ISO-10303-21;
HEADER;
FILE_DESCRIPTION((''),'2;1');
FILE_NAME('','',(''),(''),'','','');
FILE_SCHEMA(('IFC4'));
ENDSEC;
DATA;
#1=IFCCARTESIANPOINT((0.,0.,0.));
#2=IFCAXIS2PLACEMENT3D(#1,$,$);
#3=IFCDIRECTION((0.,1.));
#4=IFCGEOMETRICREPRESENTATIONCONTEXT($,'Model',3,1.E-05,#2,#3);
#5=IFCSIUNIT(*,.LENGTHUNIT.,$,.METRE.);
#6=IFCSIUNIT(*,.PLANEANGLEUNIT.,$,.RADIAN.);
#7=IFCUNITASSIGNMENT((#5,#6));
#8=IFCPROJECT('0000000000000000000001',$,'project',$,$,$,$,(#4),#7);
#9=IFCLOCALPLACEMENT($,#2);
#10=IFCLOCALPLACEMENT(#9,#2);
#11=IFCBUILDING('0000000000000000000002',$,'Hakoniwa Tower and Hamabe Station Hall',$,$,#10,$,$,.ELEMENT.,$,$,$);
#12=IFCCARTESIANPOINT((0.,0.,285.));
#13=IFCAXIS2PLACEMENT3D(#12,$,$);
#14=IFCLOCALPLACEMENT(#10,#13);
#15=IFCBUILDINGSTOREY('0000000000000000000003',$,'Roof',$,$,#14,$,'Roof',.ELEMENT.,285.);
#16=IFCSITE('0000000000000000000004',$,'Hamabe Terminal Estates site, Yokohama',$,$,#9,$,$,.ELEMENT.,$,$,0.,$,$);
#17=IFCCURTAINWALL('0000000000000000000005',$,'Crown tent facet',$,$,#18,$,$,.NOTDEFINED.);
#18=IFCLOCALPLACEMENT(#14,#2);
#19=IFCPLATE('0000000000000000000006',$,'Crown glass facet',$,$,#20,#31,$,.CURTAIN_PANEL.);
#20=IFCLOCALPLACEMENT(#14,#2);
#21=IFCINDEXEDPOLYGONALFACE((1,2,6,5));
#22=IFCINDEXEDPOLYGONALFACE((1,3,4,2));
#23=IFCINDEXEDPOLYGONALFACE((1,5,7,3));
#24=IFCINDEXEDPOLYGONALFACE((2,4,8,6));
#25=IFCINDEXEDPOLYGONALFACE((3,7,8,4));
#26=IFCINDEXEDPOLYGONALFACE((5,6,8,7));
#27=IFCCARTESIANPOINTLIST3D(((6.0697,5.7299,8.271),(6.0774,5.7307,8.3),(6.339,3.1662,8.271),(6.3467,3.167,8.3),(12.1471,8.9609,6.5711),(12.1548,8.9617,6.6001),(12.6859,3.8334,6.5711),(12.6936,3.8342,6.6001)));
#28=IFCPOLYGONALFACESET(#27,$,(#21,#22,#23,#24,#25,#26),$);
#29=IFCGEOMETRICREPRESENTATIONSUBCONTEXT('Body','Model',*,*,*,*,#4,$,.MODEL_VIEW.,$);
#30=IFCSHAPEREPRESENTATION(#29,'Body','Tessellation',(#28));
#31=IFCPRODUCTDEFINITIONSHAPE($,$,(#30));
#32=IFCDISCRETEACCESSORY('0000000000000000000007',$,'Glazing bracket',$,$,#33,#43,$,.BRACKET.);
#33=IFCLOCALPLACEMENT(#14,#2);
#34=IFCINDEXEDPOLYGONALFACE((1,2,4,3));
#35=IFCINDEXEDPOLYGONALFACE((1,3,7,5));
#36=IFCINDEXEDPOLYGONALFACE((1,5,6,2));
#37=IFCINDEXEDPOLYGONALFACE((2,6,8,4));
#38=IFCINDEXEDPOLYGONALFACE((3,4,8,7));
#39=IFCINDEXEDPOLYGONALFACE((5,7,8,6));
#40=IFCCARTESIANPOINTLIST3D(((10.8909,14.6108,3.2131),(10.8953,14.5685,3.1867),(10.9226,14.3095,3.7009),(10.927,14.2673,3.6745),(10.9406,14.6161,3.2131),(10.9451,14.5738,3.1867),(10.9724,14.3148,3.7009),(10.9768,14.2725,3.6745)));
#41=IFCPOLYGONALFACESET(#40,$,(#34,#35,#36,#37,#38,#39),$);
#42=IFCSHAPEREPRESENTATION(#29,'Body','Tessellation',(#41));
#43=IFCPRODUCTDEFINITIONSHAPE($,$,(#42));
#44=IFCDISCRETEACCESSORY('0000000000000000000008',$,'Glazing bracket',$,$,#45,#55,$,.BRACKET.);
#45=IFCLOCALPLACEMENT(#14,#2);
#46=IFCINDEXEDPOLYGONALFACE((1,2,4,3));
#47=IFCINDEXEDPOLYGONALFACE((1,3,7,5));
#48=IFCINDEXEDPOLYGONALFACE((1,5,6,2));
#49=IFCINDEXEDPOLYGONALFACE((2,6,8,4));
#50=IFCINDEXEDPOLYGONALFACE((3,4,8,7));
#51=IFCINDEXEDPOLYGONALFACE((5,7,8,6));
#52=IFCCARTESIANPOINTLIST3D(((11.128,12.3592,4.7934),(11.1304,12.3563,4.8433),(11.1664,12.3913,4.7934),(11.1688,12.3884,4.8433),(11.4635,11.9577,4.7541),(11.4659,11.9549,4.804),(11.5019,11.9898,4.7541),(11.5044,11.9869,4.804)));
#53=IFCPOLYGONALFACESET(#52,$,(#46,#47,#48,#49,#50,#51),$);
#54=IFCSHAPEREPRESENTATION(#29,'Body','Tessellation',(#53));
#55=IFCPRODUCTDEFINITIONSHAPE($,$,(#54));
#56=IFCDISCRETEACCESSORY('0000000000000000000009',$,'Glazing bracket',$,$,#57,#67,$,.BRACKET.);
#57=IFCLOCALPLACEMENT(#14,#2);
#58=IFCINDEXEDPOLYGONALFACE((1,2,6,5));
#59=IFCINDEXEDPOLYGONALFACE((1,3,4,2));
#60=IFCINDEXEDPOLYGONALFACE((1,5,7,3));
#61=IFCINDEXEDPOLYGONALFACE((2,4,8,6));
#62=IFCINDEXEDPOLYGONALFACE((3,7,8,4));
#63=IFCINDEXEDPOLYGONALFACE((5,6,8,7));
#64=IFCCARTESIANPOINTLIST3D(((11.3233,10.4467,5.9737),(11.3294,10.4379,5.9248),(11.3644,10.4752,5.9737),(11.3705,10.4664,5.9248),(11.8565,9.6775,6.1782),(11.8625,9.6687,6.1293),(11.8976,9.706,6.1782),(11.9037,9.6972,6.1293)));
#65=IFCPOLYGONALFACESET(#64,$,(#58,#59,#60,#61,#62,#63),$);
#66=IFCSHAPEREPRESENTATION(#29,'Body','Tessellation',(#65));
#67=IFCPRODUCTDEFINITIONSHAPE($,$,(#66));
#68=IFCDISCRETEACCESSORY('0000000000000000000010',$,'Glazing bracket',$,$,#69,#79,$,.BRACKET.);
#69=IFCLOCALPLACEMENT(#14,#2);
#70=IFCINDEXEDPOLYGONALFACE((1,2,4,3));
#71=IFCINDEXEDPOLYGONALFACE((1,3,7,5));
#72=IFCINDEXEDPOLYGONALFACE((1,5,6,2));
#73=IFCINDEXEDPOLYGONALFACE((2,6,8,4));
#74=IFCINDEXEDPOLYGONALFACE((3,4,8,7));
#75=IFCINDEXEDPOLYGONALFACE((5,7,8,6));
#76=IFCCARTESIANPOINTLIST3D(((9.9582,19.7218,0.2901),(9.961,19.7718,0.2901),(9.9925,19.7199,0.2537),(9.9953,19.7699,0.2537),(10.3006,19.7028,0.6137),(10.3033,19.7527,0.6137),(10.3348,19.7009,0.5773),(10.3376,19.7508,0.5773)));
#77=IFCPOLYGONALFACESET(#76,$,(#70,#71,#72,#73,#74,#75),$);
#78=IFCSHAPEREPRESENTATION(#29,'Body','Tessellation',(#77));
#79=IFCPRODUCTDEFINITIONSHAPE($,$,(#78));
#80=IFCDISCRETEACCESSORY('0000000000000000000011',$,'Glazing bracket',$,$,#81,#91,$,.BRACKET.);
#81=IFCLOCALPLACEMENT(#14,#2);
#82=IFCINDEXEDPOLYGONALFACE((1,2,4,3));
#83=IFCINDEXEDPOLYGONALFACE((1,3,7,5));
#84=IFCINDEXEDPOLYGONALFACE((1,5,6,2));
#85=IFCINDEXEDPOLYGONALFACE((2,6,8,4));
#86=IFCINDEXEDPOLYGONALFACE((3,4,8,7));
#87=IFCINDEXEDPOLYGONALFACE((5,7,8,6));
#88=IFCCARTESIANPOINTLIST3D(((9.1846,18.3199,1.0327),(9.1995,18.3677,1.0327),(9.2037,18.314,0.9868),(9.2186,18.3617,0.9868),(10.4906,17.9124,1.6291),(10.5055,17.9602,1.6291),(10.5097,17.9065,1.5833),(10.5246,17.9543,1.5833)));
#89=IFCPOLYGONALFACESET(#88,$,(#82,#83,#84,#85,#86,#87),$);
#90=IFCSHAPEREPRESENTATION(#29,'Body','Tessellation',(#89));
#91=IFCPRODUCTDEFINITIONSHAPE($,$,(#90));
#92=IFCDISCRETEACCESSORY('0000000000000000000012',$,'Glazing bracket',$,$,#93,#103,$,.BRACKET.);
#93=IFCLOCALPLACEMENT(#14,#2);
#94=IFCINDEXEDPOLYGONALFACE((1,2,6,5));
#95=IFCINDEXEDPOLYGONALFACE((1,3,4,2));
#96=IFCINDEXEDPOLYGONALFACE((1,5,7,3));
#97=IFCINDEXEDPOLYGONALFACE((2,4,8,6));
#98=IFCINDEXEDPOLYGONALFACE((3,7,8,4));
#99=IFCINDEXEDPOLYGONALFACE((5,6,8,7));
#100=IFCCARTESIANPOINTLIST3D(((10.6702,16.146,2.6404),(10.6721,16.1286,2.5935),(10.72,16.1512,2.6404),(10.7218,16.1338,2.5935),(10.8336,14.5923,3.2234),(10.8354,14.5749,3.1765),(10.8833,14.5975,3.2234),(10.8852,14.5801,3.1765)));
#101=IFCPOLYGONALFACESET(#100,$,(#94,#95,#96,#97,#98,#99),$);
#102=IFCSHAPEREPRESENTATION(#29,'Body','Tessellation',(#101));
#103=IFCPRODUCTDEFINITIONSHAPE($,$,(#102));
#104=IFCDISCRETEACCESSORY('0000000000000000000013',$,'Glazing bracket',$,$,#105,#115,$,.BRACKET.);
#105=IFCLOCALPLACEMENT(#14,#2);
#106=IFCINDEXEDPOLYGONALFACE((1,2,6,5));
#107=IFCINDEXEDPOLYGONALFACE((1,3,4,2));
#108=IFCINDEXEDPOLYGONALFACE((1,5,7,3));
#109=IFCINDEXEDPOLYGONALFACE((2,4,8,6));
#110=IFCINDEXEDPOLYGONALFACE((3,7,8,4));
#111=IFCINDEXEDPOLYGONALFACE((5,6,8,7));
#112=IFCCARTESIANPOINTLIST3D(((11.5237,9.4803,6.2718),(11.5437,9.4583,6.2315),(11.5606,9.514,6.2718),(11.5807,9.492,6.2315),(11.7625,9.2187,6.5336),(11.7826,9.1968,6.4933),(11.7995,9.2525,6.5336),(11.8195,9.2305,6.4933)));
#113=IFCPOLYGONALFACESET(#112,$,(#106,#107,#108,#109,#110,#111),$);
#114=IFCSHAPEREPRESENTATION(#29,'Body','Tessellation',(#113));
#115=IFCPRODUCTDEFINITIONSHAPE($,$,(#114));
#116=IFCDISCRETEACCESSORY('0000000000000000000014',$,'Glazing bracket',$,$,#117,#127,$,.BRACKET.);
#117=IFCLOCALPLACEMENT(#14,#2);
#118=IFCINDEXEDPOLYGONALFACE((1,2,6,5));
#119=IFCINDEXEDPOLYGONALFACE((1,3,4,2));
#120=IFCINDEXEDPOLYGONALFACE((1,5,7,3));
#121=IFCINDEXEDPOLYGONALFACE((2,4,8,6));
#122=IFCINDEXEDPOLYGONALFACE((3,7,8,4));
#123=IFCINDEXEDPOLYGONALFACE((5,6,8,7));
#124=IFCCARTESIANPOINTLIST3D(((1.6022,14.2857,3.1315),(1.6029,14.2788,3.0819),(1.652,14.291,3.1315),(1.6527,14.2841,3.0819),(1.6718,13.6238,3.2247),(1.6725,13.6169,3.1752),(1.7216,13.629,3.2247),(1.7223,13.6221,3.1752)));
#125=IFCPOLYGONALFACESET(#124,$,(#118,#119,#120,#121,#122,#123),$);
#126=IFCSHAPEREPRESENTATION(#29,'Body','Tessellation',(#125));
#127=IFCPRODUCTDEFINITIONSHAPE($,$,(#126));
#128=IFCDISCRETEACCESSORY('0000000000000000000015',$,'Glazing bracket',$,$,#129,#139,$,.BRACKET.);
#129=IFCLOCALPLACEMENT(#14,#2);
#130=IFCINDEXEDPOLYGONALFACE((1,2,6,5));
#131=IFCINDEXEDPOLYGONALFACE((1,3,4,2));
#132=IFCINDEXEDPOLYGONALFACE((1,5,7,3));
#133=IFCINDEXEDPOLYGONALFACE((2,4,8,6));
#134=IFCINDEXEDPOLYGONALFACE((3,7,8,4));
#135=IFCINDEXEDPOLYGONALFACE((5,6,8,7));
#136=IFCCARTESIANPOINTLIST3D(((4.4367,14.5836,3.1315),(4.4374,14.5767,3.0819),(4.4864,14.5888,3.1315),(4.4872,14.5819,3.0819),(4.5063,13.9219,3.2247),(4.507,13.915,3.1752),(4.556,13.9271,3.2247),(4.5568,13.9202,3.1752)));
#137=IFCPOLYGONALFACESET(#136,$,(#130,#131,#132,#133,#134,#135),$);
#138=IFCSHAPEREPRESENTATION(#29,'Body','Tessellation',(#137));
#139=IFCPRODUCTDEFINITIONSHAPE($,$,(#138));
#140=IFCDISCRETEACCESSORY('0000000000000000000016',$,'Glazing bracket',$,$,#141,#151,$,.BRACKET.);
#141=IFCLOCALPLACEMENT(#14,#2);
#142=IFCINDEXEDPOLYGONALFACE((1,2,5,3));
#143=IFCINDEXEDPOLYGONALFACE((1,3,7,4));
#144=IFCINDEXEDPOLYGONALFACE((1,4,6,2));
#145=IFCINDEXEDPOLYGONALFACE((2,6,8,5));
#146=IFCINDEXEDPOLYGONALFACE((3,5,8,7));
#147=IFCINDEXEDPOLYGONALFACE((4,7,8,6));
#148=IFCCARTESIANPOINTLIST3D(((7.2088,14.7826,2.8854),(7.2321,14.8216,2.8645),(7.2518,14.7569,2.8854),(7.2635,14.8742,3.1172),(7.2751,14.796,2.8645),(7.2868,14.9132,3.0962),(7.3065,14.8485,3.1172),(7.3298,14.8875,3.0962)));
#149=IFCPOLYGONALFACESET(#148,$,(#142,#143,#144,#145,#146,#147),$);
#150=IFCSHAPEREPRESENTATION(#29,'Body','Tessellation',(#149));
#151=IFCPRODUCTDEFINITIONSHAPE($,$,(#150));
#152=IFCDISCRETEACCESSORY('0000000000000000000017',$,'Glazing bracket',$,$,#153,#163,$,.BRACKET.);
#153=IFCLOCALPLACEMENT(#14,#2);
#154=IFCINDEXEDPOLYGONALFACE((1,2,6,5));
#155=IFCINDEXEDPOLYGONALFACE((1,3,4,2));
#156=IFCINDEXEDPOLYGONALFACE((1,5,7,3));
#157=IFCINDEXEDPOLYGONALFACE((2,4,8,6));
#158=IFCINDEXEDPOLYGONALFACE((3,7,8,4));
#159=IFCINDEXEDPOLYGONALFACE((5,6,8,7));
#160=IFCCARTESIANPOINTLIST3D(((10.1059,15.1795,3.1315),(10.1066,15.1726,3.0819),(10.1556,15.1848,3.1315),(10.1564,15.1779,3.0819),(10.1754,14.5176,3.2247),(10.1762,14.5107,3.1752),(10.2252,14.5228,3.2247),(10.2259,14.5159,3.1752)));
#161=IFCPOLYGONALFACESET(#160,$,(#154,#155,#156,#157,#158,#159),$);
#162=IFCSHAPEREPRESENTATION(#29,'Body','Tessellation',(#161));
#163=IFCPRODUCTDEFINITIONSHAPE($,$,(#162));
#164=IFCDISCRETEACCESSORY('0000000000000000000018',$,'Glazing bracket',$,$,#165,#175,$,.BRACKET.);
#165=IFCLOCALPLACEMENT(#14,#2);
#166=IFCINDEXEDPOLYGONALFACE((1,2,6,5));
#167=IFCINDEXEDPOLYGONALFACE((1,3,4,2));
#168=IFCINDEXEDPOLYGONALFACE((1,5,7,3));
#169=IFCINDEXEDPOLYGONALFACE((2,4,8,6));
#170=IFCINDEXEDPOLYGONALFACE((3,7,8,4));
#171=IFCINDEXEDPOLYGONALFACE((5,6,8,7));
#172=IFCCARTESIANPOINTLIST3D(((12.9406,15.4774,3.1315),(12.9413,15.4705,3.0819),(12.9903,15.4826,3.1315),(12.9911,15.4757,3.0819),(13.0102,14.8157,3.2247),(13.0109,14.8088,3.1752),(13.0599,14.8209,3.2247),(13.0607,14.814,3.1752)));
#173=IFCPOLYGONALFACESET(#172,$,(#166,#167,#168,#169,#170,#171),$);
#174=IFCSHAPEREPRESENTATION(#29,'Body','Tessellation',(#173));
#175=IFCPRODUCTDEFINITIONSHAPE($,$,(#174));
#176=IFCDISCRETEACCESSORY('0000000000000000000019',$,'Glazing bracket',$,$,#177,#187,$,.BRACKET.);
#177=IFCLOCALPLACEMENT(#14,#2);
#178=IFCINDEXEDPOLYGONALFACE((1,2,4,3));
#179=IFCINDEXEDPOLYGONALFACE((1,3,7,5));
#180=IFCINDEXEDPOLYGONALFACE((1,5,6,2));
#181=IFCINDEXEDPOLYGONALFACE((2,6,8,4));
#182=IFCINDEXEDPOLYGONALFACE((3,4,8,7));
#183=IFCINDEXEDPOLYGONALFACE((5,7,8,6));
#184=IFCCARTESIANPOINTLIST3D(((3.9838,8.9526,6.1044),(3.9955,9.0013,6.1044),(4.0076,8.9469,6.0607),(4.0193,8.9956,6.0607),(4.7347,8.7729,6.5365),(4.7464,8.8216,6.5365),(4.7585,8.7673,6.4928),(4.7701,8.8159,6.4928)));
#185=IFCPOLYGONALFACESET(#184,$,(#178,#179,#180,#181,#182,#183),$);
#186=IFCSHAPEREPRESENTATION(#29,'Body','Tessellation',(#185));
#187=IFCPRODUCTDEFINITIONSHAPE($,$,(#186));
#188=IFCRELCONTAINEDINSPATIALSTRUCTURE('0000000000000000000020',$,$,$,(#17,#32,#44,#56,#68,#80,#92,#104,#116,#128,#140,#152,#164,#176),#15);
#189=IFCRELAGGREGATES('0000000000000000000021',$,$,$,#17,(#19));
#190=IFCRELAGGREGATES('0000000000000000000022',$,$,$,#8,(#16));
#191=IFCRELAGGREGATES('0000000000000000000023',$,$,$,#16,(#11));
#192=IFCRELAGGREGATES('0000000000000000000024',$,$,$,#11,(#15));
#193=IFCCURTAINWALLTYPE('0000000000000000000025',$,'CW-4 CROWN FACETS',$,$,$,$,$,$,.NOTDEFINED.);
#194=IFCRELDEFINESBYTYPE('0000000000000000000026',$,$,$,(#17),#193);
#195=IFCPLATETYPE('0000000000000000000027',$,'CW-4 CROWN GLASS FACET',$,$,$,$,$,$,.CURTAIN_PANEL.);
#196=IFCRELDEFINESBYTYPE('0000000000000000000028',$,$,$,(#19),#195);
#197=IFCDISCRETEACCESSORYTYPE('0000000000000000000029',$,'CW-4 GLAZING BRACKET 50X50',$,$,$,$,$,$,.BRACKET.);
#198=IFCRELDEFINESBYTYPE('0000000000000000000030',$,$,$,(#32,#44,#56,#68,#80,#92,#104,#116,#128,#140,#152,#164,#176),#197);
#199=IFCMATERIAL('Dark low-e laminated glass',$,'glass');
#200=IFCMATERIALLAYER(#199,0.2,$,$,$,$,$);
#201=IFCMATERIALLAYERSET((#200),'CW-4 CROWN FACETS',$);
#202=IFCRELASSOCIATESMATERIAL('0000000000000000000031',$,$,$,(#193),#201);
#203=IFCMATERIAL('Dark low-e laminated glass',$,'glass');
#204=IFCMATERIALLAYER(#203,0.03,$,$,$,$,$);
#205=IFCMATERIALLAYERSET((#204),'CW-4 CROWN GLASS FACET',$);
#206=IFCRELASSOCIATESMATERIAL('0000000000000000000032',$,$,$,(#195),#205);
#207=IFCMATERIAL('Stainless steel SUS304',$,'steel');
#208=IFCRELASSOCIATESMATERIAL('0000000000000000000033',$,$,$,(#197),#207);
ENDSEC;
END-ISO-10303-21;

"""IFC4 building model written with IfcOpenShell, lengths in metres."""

from ifc_helpers import new_model, si_unit, direction, frame, origin, origin_2d, place, context, subcontext, project, spatial, polyline, rectangle, outline, extrude, material, layer, layer_set, material_profile, profile_set, type_object, element, aggregate, save


model = new_model("IFC4")

# Units and contexts
model_context = context("Model", 3, precision=1e-05, world=origin(), true_north=direction((0.0, 1.0)))
body_context = subcontext(model_context, "Body", "Model", "MODEL_VIEW")
ifc_project = project(units=[si_unit("LENGTHUNIT", "METRE"), si_unit("PLANEANGLEUNIT", "RADIAN")], contexts=[model_context])

# Site, building, storey
site_placement = place(None, origin())
site = spatial("IfcSite", under=ifc_project, at=site_placement, Name="Hamabe Terminal Estates site, Yokohama", CompositionType="ELEMENT", RefElevation=0.0)
building_placement = place(site_placement, origin())
building = spatial("IfcBuilding", under=site, at=building_placement, Name="Hakoniwa Tower and Hamabe Station Hall", CompositionType="ELEMENT")
storey_placement = place(building_placement, frame((0.0, 0.0, 285.0)))
storey = spatial("IfcBuildingStorey", under=building, at=storey_placement, Name="Roof", LongName="Roof", CompositionType="ELEMENT", Elevation=285.0)

# Shared definitions
ifc_material_1 = material(Name="Dark low-e laminated glass", Category="glass")
ifc_layer_1 = layer(ifc_material_1, 0.2)
ifc_layer_set_1 = layer_set([ifc_layer_1], Name="CW-4 CROWN FACETS")
curtain_wall_type = type_object("IfcCurtainWallType", Name="CW-4 CROWN FACETS", PredefinedType="NOTDEFINED", material=ifc_layer_set_1)

# Shared definitions
ifc_material_2 = material(Name="Dark low-e laminated glass", Category="glass")
ifc_layer_2 = layer(ifc_material_2, 0.03)
ifc_layer_set_2 = layer_set([ifc_layer_2], Name="CW-4 CROWN GLASS FACET")
plate_type = type_object("IfcPlateType", Name="CW-4 CROWN GLASS FACET", PredefinedType="CURTAIN_PANEL", material=ifc_layer_set_2)

# Curtain wall, plate
curtain_wall_1_placement = place(storey_placement, origin())
curtain_wall_1 = element("IfcCurtainWall", 1, at=curtain_wall_1_placement, inside=storey, type_object=curtain_wall_type, Name="Crown tent facet", PredefinedType="NOTDEFINED")
plate_1_placement = place(storey_placement, frame((12.1548, 8.9617, 6.6001), z_axis=(0.25599, 0.026897, 0.966305), x_axis=(0.104509, -0.994524, -0.000004)))
plate_1 = element("IfcPlate", 2, at=plate_1_placement, type_object=plate_type, Name="Crown glass facet", PredefinedType="CURTAIN_PANEL", context=body_context, shape_type="SweptSolid", body=[
    extrude(outline(polyline([(0.0, 0.0), (5.1557, 0.0), (5.1559, -6.6044), (2.5781, -6.6043), (0.0, 0.0)])), origin(), (0.0, 0.0, -1.0), 0.03),
])
aggregate(curtain_wall_1, [plate_1])

# Discrete accessories
ifc_material_3 = material(Name="Stainless steel SUS304", Category="steel")
ifc_material_profile_1 = material_profile(ifc_material_3, rectangle(XDim=0.05, YDim=0.05, at=origin_2d()), Name="CW-4 GLAZING BRACKET 50X50")
ifc_profile_set_1 = profile_set([ifc_material_profile_1], Name="Stainless steel SUS304")
discrete_accessory_type = type_object("IfcDiscreteAccessoryType", Name="CW-4 GLAZING BRACKET 50X50", PredefinedType="BRACKET", material=ifc_profile_set_1)
discrete_accessory_1_placement = place(storey_placement, frame((10.9497, 14.291, 3.6877), z_axis=(-0.055273, 0.524671, -0.849509), x_axis=(-0.994497, -0.104769, 0.0)))
element("IfcDiscreteAccessory", 3, at=discrete_accessory_1_placement, inside=storey, type_object=discrete_accessory_type, Name="Glazing bracket", PredefinedType="BRACKET", context=body_context, shape_type="SweptSolid", body=[
    extrude(rectangle(XDim=0.05, YDim=0.05, at=origin_2d()), origin(), (0.0, 0.0, 1.0), 0.5742),
])
discrete_accessory_2_placement = place(storey_placement, frame((11.1484, 12.3738, 4.8184), z_axis=(0.639483, -0.765145, -0.074932), x_axis=(0.767302, 0.641286, 0.0)))
element("IfcDiscreteAccessory", 4, at=discrete_accessory_2_placement, inside=storey, type_object=discrete_accessory_type, Name="Glazing bracket", PredefinedType="BRACKET", context=body_context, shape_type="SweptSolid", body=[
    extrude(rectangle(XDim=0.05, YDim=0.05, at=origin_2d()), origin(), (0.0, 0.0, 1.0), 0.5247),
])
discrete_accessory_3_placement = place(storey_placement, frame((11.3469, 10.4565, 5.9492), z_axis=(0.556518, -0.802926, 0.213536), x_axis=(0.821882, 0.569657, 0.0)))
element("IfcDiscreteAccessory", 5, at=discrete_accessory_3_placement, inside=storey, type_object=discrete_accessory_type, Name="Glazing bracket", PredefinedType="BRACKET", context=body_context, shape_type="SweptSolid", body=[
    extrude(rectangle(XDim=0.05, YDim=0.05, at=origin_2d()), origin(), (0.0, 0.0, 1.0), 0.958),
])
discrete_accessory_4_placement = place(storey_placement, frame((10.3191, 19.7268, 0.5955), z_axis=(-0.72619, 0.040401, -0.686306), x_axis=(-0.055549, -0.998456, 0.0)))
element("IfcDiscreteAccessory", 6, at=discrete_accessory_4_placement, inside=storey, type_object=discrete_accessory_type, Name="Glazing bracket", PredefinedType="BRACKET", context=body_context, shape_type="SweptSolid", body=[
    extrude(rectangle(XDim=0.05, YDim=0.05, at=origin_2d()), origin(), (0.0, 0.0, 1.0), 0.4714),
])
discrete_accessory_5_placement = place(storey_placement, frame((10.5076, 17.9333, 1.6062), z_axis=(-0.875057, 0.273036, -0.399657), x_axis=(-0.297858, -0.95461, 0.0)))
element("IfcDiscreteAccessory", 7, at=discrete_accessory_5_placement, inside=storey, type_object=discrete_accessory_type, Name="Glazing bracket", PredefinedType="BRACKET", context=body_context, shape_type="SweptSolid", body=[
    extrude(rectangle(XDim=0.05, YDim=0.05, at=origin_2d()), origin(), (0.0, 0.0, 1.0), 1.4924),
])
discrete_accessory_6_placement = place(storey_placement, frame((10.696, 16.1399, 2.6169), z_axis=(0.097948, -0.931755, 0.349628), x_axis=(0.99452, 0.104546, 0.0)))
element("IfcDiscreteAccessory", 8, at=discrete_accessory_6_placement, inside=storey, type_object=discrete_accessory_type, Name="Glazing bracket", PredefinedType="BRACKET", context=body_context, shape_type="SweptSolid", body=[
    extrude(rectangle(XDim=0.05, YDim=0.05, at=origin_2d()), origin(), (0.0, 0.0, 1.0), 1.6675),
])
discrete_accessory_7_placement = place(storey_placement, frame((11.791, 9.2246, 6.5134), z_axis=(-0.542271, 0.593836, -0.594391), x_axis=(-0.738441, -0.674318, 0.0)))
element("IfcDiscreteAccessory", 9, at=discrete_accessory_7_placement, inside=storey, type_object=discrete_accessory_type, Name="Glazing bracket", PredefinedType="BRACKET", context=body_context, shape_type="SweptSolid", body=[
    extrude(rectangle(XDim=0.05, YDim=0.05, at=origin_2d()), origin(), (0.0, 0.0, 1.0), 0.4404),
])
discrete_accessory_8_placement = place(storey_placement, frame((1.6274, 14.2849, 3.1067), z_axis=(0.103539, -0.984896, 0.138779), x_axis=(0.99452, 0.104551, 0.0)))
element("IfcDiscreteAccessory", 10, at=discrete_accessory_8_placement, inside=storey, type_object=discrete_accessory_type, Name="Glazing bracket", PredefinedType="BRACKET", context=body_context, shape_type="SweptSolid", body=[
    extrude(rectangle(XDim=0.05, YDim=0.05, at=origin_2d()), origin(), (0.0, 0.0, 1.0), 0.6721),
])
discrete_accessory_9_placement = place(storey_placement, frame((4.4619, 14.5828, 3.1067), z_axis=(0.103576, -0.984885, 0.138829), x_axis=(0.994516, 0.104589, 0.0)))
element("IfcDiscreteAccessory", 11, at=discrete_accessory_9_placement, inside=storey, type_object=discrete_accessory_type, Name="Glazing bracket", PredefinedType="BRACKET", context=body_context, shape_type="SweptSolid", body=[
    extrude(rectangle(XDim=0.05, YDim=0.05, at=origin_2d()), origin(), (0.0, 0.0, 1.0), 0.6719),
])
discrete_accessory_10_placement = place(storey_placement, frame((7.2966, 14.8809, 3.1067), z_axis=(-0.214415, -0.358954, -0.908393), x_axis=(0.858501, -0.512811, 0.0)))
element("IfcDiscreteAccessory", 12, at=discrete_accessory_10_placement, inside=storey, type_object=discrete_accessory_type, Name="Glazing bracket", PredefinedType="BRACKET", context=body_context, shape_type="SweptSolid", body=[
    extrude(rectangle(XDim=0.05, YDim=0.05, at=origin_2d()), origin(), (0.0, 0.0, 1.0), 0.2551),
])
discrete_accessory_11_placement = place(storey_placement, frame((10.1311, 15.1787, 3.1067), z_axis=(0.103539, -0.984896, 0.138779), x_axis=(0.99452, 0.104551, 0.0)))
element("IfcDiscreteAccessory", 13, at=discrete_accessory_11_placement, inside=storey, type_object=discrete_accessory_type, Name="Glazing bracket", PredefinedType="BRACKET", context=body_context, shape_type="SweptSolid", body=[
    extrude(rectangle(XDim=0.05, YDim=0.05, at=origin_2d()), origin(), (0.0, 0.0, 1.0), 0.6721),
])
discrete_accessory_12_placement = place(storey_placement, frame((12.9658, 15.4766, 3.1067), z_axis=(0.103576, -0.984885, 0.138829), x_axis=(0.994516, 0.104589, 0.0)))
element("IfcDiscreteAccessory", 14, at=discrete_accessory_12_placement, inside=storey, type_object=discrete_accessory_type, Name="Glazing bracket", PredefinedType="BRACKET", context=body_context, shape_type="SweptSolid", body=[
    extrude(rectangle(XDim=0.05, YDim=0.05, at=origin_2d()), origin(), (0.0, 0.0, 1.0), 0.6719),
])
discrete_accessory_13_placement = place(storey_placement, frame((4.7524, 8.7944, 6.5146), z_axis=(-0.848689, 0.203067, -0.488355), x_axis=(-0.232703, -0.972548, 0.0)))
element("IfcDiscreteAccessory", 15, at=discrete_accessory_13_placement, inside=storey, type_object=discrete_accessory_type, Name="Glazing bracket", PredefinedType="BRACKET", context=body_context, shape_type="SweptSolid", body=[
    extrude(rectangle(XDim=0.05, YDim=0.05, at=origin_2d()), origin(), (0.0, 0.0, 1.0), 0.8848),
])

save(model, "model.ifc")
